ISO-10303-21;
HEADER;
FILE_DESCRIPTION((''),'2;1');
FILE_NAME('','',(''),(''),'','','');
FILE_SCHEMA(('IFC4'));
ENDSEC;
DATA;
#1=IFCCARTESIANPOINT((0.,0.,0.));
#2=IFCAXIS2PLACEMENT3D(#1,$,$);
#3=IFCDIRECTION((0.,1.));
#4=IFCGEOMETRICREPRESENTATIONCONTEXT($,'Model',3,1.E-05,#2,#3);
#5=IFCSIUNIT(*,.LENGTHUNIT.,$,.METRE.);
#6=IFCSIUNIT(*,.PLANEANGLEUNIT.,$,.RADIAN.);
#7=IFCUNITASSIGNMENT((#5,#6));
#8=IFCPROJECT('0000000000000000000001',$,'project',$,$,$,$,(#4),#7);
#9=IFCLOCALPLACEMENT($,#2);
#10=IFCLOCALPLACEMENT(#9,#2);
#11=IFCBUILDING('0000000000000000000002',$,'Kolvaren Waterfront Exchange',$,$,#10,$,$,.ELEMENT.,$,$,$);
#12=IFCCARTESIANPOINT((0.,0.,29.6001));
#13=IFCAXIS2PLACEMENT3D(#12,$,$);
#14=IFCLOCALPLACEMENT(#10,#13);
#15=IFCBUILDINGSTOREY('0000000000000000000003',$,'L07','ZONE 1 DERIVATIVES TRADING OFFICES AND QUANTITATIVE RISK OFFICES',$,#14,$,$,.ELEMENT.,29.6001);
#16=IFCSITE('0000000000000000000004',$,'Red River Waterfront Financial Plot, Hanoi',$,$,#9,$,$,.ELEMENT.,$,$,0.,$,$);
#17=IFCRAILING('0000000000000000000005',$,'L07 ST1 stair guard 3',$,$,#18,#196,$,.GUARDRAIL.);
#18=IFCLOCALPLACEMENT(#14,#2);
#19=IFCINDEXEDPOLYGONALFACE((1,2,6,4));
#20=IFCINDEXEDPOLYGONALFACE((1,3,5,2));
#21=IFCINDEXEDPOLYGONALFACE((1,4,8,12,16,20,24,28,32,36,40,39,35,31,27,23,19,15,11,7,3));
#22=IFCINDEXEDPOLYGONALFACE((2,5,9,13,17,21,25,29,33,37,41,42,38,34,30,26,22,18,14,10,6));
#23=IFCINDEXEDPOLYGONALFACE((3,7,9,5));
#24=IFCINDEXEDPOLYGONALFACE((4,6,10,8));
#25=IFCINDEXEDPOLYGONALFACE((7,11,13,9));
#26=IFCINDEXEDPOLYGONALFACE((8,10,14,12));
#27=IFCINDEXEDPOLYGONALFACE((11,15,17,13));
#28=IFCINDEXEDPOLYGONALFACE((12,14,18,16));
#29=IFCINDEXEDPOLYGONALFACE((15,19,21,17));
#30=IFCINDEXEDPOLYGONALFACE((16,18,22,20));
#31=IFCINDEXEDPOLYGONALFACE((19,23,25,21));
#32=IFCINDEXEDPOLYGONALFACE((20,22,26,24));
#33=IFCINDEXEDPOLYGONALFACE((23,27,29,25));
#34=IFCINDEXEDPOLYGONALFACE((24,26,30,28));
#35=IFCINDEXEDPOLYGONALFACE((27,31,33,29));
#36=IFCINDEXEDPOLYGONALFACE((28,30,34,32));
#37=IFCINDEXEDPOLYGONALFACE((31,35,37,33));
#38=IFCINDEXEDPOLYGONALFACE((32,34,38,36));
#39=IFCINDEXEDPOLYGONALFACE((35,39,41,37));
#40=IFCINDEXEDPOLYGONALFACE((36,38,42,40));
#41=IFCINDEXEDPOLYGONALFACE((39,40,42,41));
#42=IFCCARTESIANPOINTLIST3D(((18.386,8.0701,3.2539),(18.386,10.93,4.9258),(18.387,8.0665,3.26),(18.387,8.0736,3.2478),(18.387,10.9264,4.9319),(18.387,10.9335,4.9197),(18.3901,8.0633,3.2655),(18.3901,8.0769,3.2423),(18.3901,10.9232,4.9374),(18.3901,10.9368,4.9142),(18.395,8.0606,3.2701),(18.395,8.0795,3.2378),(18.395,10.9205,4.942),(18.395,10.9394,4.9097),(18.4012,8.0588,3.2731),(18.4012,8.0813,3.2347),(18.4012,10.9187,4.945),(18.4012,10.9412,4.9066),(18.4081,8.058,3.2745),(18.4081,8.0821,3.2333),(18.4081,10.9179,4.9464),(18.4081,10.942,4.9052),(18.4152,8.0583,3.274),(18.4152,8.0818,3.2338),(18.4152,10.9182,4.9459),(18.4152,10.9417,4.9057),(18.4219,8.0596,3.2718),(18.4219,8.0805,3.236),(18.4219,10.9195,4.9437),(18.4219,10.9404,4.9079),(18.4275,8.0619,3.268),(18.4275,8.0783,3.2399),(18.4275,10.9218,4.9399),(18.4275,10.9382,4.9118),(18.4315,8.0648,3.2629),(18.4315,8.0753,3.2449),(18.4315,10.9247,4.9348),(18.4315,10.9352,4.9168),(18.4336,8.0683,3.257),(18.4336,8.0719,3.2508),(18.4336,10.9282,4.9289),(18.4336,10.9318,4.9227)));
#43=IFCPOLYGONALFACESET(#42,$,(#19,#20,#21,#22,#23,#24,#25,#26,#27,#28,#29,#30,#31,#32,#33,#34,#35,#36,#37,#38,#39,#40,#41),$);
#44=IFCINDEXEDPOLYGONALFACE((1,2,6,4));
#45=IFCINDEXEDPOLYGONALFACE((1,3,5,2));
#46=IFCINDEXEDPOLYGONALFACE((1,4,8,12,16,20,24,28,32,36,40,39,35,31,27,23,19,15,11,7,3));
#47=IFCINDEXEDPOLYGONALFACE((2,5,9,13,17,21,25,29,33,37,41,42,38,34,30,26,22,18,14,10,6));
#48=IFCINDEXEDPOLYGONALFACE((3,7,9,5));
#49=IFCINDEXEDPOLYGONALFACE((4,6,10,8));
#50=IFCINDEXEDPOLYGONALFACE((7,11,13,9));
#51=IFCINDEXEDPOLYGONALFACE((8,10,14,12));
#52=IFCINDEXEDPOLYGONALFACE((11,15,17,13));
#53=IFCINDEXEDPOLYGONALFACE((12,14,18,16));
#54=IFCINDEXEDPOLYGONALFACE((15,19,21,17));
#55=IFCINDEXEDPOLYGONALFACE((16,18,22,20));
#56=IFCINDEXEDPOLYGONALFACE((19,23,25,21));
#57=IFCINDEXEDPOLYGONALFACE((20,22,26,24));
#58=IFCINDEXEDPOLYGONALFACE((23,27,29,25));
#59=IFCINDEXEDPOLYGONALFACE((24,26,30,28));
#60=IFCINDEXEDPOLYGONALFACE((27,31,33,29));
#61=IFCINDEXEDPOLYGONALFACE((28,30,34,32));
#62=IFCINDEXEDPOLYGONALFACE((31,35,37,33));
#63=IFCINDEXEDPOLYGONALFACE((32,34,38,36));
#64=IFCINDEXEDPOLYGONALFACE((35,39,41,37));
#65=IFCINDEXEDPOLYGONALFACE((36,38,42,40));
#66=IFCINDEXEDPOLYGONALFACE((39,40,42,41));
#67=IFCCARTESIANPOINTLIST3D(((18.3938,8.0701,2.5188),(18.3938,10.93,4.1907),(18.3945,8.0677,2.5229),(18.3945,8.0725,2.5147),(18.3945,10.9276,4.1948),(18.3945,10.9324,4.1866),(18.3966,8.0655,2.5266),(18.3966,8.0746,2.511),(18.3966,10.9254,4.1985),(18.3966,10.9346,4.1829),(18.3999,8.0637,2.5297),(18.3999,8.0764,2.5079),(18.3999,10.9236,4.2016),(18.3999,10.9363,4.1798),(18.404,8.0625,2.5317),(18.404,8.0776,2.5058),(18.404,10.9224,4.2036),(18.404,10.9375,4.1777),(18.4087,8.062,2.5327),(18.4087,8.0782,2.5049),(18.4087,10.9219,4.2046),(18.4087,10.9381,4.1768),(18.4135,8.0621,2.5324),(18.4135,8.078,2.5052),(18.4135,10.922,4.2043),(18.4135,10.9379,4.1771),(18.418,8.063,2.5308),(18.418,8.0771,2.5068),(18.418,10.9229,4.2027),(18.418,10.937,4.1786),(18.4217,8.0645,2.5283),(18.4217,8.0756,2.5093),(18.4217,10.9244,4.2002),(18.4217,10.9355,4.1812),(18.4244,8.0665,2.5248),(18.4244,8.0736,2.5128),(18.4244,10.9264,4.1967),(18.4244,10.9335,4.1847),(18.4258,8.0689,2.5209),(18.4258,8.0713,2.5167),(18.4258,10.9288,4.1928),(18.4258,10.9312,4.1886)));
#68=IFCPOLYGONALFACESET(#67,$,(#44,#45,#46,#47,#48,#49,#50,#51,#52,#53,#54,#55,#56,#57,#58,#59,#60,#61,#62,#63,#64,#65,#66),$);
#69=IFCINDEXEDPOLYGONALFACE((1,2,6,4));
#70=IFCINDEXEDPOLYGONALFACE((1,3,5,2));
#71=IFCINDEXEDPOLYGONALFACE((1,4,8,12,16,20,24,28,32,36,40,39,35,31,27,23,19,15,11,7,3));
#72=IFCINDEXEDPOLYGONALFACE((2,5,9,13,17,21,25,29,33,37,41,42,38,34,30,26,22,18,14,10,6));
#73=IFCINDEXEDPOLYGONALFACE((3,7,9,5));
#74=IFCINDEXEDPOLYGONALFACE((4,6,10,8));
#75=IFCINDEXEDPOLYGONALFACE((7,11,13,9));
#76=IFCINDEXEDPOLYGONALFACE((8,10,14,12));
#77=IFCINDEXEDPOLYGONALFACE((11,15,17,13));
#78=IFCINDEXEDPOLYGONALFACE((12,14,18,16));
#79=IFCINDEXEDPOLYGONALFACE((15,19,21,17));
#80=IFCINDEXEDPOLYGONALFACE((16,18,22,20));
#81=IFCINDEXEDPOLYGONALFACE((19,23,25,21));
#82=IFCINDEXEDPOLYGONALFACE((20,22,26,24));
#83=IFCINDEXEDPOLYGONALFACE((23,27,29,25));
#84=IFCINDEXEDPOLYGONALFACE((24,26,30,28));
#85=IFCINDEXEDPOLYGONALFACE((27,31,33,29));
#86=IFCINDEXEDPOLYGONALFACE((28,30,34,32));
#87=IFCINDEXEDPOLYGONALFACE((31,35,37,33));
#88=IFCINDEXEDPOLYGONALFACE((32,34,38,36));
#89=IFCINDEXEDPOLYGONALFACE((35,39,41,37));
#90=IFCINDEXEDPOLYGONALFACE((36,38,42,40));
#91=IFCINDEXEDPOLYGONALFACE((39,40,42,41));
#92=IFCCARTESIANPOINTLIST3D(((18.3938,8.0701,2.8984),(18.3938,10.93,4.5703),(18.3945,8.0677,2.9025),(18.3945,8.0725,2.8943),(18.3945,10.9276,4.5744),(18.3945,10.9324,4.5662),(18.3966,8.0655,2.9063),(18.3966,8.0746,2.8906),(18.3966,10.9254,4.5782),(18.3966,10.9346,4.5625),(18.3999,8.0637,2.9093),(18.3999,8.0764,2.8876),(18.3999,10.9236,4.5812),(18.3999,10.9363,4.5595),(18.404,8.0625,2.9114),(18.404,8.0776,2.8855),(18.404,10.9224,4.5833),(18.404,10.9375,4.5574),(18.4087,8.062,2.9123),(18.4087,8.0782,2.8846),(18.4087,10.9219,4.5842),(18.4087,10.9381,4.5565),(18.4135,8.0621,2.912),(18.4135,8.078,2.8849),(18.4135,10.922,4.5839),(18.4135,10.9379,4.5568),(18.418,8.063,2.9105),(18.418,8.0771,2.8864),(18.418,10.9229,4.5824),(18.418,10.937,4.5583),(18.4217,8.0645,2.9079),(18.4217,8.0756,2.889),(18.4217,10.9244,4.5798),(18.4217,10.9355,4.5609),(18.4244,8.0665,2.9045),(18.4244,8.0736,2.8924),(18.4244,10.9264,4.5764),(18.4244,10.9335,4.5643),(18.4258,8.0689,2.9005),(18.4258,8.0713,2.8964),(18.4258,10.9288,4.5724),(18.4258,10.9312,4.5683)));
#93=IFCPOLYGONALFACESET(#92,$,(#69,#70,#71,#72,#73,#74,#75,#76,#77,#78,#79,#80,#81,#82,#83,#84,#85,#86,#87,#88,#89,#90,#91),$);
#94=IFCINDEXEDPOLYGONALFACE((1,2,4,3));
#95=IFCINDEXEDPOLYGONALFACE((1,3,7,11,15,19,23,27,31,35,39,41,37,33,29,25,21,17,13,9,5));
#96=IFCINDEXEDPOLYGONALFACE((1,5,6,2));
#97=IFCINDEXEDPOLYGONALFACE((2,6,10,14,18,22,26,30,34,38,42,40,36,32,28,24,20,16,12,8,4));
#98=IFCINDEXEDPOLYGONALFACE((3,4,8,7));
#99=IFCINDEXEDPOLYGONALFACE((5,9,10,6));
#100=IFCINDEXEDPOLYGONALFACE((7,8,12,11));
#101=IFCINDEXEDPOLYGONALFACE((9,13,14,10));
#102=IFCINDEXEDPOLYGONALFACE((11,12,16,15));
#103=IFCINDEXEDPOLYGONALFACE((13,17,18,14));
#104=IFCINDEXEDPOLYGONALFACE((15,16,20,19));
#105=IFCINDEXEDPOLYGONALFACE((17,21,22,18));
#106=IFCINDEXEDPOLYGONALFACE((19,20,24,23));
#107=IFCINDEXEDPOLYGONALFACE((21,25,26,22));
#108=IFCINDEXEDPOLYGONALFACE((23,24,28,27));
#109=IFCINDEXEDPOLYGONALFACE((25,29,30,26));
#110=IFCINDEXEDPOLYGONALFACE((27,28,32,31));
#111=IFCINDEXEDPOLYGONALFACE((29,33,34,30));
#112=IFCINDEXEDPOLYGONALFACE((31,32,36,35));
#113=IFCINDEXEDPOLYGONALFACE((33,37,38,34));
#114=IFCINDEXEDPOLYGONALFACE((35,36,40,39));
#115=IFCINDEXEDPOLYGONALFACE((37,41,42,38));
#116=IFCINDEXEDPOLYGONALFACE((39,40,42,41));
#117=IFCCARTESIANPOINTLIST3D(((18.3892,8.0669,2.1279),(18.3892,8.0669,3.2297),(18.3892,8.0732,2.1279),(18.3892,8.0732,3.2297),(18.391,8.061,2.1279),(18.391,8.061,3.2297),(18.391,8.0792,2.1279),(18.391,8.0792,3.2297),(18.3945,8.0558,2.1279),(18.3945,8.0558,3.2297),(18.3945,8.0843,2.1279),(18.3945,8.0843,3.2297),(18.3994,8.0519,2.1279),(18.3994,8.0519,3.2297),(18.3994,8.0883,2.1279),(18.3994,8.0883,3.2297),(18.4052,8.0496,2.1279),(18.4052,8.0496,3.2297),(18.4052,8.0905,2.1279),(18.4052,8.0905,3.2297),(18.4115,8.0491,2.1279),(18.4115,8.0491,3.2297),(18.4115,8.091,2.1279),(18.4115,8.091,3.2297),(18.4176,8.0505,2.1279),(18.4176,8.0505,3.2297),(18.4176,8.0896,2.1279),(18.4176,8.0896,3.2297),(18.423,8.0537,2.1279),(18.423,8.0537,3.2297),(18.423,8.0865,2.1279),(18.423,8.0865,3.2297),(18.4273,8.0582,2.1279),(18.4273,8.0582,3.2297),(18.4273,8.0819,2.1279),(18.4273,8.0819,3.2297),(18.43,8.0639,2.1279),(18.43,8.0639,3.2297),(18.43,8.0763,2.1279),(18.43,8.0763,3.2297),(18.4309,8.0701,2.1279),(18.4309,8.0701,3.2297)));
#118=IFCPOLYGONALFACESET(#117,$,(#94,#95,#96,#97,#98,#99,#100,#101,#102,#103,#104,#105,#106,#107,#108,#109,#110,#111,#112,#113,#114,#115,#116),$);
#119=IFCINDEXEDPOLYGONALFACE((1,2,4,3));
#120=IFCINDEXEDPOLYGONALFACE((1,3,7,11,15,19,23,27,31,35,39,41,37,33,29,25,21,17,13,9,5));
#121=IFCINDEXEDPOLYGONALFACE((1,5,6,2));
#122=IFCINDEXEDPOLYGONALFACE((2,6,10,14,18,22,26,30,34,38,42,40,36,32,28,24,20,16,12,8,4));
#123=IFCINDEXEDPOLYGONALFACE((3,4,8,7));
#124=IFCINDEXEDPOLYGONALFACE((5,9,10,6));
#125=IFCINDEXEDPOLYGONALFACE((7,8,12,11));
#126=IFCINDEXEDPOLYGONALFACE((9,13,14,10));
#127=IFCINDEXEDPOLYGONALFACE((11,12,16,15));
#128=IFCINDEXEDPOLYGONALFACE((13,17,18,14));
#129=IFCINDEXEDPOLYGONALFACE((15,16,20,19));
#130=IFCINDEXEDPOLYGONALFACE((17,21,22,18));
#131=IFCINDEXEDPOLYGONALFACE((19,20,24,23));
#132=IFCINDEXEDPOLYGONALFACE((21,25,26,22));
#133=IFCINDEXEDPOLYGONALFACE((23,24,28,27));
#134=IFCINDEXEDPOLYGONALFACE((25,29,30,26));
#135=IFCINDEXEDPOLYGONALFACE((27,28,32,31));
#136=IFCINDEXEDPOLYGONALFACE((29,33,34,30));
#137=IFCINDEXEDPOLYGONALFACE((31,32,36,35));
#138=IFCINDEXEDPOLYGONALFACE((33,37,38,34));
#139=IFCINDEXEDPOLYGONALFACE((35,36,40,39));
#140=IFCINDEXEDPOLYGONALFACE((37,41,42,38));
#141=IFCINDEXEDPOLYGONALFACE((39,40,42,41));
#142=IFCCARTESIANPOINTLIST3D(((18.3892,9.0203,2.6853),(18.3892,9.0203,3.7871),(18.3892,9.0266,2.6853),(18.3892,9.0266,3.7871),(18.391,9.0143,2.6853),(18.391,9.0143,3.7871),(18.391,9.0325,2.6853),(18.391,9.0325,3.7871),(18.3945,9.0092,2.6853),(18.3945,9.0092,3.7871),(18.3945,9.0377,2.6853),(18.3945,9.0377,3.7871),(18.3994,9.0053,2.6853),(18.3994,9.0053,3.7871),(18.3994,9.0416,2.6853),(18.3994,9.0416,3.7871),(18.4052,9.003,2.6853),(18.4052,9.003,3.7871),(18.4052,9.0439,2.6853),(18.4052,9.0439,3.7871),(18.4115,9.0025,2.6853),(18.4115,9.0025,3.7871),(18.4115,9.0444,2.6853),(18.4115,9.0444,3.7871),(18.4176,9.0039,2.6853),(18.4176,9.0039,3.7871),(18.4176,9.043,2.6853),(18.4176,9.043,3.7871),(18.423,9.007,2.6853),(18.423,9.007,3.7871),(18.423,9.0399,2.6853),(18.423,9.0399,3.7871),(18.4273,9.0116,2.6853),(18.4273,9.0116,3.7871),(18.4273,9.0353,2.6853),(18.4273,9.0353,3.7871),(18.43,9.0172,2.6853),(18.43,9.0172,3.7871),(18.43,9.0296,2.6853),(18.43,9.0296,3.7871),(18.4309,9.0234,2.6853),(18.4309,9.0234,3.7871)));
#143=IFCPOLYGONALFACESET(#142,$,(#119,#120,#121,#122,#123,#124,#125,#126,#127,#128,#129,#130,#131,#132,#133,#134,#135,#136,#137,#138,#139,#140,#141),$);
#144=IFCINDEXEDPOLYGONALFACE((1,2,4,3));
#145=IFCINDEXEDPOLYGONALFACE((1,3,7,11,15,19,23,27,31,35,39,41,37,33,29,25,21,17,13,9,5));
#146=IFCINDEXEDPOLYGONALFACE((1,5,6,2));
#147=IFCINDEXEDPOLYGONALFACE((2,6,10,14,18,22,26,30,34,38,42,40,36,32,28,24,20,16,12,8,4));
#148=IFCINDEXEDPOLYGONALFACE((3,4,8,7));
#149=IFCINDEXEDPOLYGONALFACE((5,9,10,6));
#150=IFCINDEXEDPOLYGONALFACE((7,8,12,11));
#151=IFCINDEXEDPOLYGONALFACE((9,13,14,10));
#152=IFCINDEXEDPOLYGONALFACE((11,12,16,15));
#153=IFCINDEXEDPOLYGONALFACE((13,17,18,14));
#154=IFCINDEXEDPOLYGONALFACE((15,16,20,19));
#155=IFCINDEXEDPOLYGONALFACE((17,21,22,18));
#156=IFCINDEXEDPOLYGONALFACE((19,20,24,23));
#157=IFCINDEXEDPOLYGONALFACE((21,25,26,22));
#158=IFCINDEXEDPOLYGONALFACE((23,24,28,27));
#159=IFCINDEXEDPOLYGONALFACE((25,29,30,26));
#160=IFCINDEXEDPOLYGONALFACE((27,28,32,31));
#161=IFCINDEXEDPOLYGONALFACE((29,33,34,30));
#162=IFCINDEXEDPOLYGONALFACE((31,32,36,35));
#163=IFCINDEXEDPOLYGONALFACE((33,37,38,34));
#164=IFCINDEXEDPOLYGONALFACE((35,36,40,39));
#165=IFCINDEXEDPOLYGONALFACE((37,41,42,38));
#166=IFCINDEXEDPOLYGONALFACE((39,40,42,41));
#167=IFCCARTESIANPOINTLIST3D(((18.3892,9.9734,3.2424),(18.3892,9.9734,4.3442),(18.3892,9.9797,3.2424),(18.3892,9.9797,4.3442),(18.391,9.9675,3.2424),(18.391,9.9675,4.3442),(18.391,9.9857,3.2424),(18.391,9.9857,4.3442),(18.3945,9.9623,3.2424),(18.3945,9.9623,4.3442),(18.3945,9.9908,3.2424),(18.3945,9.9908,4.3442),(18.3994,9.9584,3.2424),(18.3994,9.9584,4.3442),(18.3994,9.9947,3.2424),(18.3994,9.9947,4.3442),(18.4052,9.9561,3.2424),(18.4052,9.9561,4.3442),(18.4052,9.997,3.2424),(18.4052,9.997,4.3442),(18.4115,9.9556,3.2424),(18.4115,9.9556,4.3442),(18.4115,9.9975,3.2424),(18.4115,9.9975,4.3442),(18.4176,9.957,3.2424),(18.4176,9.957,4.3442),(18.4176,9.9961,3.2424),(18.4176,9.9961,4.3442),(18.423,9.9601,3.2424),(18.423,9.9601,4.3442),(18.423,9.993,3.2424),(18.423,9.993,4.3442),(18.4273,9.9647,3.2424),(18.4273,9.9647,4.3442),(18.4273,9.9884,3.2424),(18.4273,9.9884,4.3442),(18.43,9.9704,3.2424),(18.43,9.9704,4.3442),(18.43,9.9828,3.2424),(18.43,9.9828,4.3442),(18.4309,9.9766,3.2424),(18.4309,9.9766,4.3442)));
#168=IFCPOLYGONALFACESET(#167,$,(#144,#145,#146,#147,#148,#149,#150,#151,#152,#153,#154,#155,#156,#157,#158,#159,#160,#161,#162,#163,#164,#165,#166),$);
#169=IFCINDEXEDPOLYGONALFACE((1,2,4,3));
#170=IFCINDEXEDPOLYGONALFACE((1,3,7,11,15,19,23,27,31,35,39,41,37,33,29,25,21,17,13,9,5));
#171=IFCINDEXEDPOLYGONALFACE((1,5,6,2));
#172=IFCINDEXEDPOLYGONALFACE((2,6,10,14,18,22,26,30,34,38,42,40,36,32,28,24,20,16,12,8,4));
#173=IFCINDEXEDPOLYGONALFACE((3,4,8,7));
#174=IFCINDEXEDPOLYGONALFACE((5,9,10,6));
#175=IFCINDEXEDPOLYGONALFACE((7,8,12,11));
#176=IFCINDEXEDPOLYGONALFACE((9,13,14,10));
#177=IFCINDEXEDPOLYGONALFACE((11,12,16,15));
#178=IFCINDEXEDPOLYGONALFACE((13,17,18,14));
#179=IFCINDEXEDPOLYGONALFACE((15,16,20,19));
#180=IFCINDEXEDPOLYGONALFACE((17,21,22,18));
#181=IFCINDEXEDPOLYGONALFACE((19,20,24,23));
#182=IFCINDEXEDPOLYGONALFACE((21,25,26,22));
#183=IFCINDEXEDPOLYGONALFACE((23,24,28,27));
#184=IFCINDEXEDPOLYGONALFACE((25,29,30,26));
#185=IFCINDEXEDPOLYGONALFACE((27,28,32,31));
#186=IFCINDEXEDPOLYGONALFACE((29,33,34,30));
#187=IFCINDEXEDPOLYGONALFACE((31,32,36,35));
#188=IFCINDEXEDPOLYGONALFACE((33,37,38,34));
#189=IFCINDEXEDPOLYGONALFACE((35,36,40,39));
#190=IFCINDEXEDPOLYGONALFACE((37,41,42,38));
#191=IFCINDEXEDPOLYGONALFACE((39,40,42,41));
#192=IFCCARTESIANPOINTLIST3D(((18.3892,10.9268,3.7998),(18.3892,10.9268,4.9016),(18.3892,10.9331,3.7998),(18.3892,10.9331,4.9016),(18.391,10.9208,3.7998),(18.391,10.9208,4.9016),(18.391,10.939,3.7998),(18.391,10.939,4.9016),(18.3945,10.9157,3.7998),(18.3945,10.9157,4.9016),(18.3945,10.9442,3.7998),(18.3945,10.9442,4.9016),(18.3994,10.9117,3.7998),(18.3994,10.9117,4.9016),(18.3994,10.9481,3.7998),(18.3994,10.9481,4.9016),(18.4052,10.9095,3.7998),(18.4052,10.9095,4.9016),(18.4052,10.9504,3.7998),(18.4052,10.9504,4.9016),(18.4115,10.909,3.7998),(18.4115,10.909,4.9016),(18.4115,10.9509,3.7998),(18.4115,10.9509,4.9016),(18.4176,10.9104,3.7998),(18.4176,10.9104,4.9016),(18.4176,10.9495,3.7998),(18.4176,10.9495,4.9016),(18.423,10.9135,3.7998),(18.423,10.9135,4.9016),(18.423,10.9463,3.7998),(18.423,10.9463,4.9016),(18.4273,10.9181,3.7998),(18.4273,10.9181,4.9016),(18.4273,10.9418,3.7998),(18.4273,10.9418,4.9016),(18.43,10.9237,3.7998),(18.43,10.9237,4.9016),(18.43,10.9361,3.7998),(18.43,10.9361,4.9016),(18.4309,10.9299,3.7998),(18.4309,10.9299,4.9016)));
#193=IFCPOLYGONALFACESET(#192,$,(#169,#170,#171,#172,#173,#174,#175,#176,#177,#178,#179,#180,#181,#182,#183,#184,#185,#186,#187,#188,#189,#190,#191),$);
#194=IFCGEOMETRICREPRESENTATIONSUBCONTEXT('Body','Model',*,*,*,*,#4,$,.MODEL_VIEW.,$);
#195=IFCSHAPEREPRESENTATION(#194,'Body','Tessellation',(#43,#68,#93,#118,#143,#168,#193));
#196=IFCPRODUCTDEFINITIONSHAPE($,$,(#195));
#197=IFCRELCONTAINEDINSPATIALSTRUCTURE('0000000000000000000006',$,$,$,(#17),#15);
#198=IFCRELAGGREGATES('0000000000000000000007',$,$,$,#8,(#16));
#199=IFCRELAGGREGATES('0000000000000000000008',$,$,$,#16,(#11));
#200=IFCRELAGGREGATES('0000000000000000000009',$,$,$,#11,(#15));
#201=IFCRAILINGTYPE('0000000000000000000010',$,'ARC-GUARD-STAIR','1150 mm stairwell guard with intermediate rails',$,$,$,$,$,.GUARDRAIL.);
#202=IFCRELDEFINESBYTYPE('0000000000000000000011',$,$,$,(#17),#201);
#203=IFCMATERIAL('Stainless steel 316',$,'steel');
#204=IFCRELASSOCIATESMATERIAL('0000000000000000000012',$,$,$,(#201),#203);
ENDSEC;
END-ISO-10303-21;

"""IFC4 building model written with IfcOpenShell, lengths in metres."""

from ifc_helpers import new_model, si_unit, direction, frame, origin, origin_2d, place, context, subcontext, project, spatial, circle, extrude, material, type_object, element, save


model = new_model("IFC4")

# Units and contexts
model_context = context("Model", 3, precision=1e-05, world=origin(), true_north=direction((0.0, 1.0)))
body_context = subcontext(model_context, "Body", "Model", "MODEL_VIEW")
ifc_project = project(units=[si_unit("LENGTHUNIT", "METRE"), si_unit("PLANEANGLEUNIT", "RADIAN")], contexts=[model_context])

# Site, building, storey
site_placement = place(None, origin())
site = spatial("IfcSite", under=ifc_project, at=site_placement, Name="Red River Waterfront Financial Plot, Hanoi", CompositionType="ELEMENT", RefElevation=0.0)
building_placement = place(site_placement, origin())
building = spatial("IfcBuilding", under=site, at=building_placement, Name="Kolvaren Waterfront Exchange", CompositionType="ELEMENT")
storey_placement = place(building_placement, frame((0.0, 0.0, 29.6001)))
storey = spatial("IfcBuildingStorey", under=building, at=storey_placement, Name="L07", Description="ZONE 1 DERIVATIVES TRADING OFFICES AND QUANTITATIVE RISK OFFICES", CompositionType="ELEMENT", Elevation=29.6001)

# Railing
ifc_material_1 = material(Name="Stainless steel 316", Category="steel")
railing_type_1 = type_object("IfcRailingType", Name="ARC-GUARD-STAIR", Description="1150 mm stairwell guard with intermediate rails", PredefinedType="GUARDRAIL", material=ifc_material_1)
railing_1_placement = place(storey_placement, frame((18.4099, 8.0701, 2.1279)))
element("IfcRailing", 1, at=railing_1_placement, inside=storey, type_object=railing_type_1, Name="L07 ST1 stair guard 3", PredefinedType="GUARDRAIL", context=body_context, shape_type="SweptSolid", body=[
    extrude(circle(Radius=0.0239, at=origin_2d()), frame((0.0, 0.0, 1.126), z_axis=(0.0, 0.863303, 0.504686), x_axis=(-1.0, 0.0, 0.0)), (0.0, 0.0, 1.0), 3.3127),
    extrude(circle(Radius=0.0161, at=origin_2d()), frame((0.0, 0.0, 0.3909), z_axis=(0.0, 0.863303, 0.504686), x_axis=(-1.0, 0.0, 0.0)), (0.0, 0.0, 1.0), 3.3127),
    extrude(circle(Radius=0.0161, at=origin_2d()), frame((0.0, 0.0, 0.7705), z_axis=(0.0, 0.863303, 0.504686), x_axis=(-1.0, 0.0, 0.0)), (0.0, 0.0, 1.0), 3.3127),
    extrude(circle(Radius=0.021, at=origin_2d()), origin(), (0.0, 0.0, 1.0), 1.1018),
    extrude(circle(Radius=0.021, at=origin_2d()), frame((0.0, 0.9534, 0.5574)), (0.0, 0.0, 1.0), 1.1018),
    extrude(circle(Radius=0.021, at=origin_2d()), frame((0.0, 1.9065, 1.1145)), (0.0, 0.0, 1.0), 1.1018),
    extrude(circle(Radius=0.021, at=origin_2d()), frame((0.0, 2.8599, 1.6719)), (0.0, 0.0, 1.0), 1.1018),
])

save(model, "model.ifc")
